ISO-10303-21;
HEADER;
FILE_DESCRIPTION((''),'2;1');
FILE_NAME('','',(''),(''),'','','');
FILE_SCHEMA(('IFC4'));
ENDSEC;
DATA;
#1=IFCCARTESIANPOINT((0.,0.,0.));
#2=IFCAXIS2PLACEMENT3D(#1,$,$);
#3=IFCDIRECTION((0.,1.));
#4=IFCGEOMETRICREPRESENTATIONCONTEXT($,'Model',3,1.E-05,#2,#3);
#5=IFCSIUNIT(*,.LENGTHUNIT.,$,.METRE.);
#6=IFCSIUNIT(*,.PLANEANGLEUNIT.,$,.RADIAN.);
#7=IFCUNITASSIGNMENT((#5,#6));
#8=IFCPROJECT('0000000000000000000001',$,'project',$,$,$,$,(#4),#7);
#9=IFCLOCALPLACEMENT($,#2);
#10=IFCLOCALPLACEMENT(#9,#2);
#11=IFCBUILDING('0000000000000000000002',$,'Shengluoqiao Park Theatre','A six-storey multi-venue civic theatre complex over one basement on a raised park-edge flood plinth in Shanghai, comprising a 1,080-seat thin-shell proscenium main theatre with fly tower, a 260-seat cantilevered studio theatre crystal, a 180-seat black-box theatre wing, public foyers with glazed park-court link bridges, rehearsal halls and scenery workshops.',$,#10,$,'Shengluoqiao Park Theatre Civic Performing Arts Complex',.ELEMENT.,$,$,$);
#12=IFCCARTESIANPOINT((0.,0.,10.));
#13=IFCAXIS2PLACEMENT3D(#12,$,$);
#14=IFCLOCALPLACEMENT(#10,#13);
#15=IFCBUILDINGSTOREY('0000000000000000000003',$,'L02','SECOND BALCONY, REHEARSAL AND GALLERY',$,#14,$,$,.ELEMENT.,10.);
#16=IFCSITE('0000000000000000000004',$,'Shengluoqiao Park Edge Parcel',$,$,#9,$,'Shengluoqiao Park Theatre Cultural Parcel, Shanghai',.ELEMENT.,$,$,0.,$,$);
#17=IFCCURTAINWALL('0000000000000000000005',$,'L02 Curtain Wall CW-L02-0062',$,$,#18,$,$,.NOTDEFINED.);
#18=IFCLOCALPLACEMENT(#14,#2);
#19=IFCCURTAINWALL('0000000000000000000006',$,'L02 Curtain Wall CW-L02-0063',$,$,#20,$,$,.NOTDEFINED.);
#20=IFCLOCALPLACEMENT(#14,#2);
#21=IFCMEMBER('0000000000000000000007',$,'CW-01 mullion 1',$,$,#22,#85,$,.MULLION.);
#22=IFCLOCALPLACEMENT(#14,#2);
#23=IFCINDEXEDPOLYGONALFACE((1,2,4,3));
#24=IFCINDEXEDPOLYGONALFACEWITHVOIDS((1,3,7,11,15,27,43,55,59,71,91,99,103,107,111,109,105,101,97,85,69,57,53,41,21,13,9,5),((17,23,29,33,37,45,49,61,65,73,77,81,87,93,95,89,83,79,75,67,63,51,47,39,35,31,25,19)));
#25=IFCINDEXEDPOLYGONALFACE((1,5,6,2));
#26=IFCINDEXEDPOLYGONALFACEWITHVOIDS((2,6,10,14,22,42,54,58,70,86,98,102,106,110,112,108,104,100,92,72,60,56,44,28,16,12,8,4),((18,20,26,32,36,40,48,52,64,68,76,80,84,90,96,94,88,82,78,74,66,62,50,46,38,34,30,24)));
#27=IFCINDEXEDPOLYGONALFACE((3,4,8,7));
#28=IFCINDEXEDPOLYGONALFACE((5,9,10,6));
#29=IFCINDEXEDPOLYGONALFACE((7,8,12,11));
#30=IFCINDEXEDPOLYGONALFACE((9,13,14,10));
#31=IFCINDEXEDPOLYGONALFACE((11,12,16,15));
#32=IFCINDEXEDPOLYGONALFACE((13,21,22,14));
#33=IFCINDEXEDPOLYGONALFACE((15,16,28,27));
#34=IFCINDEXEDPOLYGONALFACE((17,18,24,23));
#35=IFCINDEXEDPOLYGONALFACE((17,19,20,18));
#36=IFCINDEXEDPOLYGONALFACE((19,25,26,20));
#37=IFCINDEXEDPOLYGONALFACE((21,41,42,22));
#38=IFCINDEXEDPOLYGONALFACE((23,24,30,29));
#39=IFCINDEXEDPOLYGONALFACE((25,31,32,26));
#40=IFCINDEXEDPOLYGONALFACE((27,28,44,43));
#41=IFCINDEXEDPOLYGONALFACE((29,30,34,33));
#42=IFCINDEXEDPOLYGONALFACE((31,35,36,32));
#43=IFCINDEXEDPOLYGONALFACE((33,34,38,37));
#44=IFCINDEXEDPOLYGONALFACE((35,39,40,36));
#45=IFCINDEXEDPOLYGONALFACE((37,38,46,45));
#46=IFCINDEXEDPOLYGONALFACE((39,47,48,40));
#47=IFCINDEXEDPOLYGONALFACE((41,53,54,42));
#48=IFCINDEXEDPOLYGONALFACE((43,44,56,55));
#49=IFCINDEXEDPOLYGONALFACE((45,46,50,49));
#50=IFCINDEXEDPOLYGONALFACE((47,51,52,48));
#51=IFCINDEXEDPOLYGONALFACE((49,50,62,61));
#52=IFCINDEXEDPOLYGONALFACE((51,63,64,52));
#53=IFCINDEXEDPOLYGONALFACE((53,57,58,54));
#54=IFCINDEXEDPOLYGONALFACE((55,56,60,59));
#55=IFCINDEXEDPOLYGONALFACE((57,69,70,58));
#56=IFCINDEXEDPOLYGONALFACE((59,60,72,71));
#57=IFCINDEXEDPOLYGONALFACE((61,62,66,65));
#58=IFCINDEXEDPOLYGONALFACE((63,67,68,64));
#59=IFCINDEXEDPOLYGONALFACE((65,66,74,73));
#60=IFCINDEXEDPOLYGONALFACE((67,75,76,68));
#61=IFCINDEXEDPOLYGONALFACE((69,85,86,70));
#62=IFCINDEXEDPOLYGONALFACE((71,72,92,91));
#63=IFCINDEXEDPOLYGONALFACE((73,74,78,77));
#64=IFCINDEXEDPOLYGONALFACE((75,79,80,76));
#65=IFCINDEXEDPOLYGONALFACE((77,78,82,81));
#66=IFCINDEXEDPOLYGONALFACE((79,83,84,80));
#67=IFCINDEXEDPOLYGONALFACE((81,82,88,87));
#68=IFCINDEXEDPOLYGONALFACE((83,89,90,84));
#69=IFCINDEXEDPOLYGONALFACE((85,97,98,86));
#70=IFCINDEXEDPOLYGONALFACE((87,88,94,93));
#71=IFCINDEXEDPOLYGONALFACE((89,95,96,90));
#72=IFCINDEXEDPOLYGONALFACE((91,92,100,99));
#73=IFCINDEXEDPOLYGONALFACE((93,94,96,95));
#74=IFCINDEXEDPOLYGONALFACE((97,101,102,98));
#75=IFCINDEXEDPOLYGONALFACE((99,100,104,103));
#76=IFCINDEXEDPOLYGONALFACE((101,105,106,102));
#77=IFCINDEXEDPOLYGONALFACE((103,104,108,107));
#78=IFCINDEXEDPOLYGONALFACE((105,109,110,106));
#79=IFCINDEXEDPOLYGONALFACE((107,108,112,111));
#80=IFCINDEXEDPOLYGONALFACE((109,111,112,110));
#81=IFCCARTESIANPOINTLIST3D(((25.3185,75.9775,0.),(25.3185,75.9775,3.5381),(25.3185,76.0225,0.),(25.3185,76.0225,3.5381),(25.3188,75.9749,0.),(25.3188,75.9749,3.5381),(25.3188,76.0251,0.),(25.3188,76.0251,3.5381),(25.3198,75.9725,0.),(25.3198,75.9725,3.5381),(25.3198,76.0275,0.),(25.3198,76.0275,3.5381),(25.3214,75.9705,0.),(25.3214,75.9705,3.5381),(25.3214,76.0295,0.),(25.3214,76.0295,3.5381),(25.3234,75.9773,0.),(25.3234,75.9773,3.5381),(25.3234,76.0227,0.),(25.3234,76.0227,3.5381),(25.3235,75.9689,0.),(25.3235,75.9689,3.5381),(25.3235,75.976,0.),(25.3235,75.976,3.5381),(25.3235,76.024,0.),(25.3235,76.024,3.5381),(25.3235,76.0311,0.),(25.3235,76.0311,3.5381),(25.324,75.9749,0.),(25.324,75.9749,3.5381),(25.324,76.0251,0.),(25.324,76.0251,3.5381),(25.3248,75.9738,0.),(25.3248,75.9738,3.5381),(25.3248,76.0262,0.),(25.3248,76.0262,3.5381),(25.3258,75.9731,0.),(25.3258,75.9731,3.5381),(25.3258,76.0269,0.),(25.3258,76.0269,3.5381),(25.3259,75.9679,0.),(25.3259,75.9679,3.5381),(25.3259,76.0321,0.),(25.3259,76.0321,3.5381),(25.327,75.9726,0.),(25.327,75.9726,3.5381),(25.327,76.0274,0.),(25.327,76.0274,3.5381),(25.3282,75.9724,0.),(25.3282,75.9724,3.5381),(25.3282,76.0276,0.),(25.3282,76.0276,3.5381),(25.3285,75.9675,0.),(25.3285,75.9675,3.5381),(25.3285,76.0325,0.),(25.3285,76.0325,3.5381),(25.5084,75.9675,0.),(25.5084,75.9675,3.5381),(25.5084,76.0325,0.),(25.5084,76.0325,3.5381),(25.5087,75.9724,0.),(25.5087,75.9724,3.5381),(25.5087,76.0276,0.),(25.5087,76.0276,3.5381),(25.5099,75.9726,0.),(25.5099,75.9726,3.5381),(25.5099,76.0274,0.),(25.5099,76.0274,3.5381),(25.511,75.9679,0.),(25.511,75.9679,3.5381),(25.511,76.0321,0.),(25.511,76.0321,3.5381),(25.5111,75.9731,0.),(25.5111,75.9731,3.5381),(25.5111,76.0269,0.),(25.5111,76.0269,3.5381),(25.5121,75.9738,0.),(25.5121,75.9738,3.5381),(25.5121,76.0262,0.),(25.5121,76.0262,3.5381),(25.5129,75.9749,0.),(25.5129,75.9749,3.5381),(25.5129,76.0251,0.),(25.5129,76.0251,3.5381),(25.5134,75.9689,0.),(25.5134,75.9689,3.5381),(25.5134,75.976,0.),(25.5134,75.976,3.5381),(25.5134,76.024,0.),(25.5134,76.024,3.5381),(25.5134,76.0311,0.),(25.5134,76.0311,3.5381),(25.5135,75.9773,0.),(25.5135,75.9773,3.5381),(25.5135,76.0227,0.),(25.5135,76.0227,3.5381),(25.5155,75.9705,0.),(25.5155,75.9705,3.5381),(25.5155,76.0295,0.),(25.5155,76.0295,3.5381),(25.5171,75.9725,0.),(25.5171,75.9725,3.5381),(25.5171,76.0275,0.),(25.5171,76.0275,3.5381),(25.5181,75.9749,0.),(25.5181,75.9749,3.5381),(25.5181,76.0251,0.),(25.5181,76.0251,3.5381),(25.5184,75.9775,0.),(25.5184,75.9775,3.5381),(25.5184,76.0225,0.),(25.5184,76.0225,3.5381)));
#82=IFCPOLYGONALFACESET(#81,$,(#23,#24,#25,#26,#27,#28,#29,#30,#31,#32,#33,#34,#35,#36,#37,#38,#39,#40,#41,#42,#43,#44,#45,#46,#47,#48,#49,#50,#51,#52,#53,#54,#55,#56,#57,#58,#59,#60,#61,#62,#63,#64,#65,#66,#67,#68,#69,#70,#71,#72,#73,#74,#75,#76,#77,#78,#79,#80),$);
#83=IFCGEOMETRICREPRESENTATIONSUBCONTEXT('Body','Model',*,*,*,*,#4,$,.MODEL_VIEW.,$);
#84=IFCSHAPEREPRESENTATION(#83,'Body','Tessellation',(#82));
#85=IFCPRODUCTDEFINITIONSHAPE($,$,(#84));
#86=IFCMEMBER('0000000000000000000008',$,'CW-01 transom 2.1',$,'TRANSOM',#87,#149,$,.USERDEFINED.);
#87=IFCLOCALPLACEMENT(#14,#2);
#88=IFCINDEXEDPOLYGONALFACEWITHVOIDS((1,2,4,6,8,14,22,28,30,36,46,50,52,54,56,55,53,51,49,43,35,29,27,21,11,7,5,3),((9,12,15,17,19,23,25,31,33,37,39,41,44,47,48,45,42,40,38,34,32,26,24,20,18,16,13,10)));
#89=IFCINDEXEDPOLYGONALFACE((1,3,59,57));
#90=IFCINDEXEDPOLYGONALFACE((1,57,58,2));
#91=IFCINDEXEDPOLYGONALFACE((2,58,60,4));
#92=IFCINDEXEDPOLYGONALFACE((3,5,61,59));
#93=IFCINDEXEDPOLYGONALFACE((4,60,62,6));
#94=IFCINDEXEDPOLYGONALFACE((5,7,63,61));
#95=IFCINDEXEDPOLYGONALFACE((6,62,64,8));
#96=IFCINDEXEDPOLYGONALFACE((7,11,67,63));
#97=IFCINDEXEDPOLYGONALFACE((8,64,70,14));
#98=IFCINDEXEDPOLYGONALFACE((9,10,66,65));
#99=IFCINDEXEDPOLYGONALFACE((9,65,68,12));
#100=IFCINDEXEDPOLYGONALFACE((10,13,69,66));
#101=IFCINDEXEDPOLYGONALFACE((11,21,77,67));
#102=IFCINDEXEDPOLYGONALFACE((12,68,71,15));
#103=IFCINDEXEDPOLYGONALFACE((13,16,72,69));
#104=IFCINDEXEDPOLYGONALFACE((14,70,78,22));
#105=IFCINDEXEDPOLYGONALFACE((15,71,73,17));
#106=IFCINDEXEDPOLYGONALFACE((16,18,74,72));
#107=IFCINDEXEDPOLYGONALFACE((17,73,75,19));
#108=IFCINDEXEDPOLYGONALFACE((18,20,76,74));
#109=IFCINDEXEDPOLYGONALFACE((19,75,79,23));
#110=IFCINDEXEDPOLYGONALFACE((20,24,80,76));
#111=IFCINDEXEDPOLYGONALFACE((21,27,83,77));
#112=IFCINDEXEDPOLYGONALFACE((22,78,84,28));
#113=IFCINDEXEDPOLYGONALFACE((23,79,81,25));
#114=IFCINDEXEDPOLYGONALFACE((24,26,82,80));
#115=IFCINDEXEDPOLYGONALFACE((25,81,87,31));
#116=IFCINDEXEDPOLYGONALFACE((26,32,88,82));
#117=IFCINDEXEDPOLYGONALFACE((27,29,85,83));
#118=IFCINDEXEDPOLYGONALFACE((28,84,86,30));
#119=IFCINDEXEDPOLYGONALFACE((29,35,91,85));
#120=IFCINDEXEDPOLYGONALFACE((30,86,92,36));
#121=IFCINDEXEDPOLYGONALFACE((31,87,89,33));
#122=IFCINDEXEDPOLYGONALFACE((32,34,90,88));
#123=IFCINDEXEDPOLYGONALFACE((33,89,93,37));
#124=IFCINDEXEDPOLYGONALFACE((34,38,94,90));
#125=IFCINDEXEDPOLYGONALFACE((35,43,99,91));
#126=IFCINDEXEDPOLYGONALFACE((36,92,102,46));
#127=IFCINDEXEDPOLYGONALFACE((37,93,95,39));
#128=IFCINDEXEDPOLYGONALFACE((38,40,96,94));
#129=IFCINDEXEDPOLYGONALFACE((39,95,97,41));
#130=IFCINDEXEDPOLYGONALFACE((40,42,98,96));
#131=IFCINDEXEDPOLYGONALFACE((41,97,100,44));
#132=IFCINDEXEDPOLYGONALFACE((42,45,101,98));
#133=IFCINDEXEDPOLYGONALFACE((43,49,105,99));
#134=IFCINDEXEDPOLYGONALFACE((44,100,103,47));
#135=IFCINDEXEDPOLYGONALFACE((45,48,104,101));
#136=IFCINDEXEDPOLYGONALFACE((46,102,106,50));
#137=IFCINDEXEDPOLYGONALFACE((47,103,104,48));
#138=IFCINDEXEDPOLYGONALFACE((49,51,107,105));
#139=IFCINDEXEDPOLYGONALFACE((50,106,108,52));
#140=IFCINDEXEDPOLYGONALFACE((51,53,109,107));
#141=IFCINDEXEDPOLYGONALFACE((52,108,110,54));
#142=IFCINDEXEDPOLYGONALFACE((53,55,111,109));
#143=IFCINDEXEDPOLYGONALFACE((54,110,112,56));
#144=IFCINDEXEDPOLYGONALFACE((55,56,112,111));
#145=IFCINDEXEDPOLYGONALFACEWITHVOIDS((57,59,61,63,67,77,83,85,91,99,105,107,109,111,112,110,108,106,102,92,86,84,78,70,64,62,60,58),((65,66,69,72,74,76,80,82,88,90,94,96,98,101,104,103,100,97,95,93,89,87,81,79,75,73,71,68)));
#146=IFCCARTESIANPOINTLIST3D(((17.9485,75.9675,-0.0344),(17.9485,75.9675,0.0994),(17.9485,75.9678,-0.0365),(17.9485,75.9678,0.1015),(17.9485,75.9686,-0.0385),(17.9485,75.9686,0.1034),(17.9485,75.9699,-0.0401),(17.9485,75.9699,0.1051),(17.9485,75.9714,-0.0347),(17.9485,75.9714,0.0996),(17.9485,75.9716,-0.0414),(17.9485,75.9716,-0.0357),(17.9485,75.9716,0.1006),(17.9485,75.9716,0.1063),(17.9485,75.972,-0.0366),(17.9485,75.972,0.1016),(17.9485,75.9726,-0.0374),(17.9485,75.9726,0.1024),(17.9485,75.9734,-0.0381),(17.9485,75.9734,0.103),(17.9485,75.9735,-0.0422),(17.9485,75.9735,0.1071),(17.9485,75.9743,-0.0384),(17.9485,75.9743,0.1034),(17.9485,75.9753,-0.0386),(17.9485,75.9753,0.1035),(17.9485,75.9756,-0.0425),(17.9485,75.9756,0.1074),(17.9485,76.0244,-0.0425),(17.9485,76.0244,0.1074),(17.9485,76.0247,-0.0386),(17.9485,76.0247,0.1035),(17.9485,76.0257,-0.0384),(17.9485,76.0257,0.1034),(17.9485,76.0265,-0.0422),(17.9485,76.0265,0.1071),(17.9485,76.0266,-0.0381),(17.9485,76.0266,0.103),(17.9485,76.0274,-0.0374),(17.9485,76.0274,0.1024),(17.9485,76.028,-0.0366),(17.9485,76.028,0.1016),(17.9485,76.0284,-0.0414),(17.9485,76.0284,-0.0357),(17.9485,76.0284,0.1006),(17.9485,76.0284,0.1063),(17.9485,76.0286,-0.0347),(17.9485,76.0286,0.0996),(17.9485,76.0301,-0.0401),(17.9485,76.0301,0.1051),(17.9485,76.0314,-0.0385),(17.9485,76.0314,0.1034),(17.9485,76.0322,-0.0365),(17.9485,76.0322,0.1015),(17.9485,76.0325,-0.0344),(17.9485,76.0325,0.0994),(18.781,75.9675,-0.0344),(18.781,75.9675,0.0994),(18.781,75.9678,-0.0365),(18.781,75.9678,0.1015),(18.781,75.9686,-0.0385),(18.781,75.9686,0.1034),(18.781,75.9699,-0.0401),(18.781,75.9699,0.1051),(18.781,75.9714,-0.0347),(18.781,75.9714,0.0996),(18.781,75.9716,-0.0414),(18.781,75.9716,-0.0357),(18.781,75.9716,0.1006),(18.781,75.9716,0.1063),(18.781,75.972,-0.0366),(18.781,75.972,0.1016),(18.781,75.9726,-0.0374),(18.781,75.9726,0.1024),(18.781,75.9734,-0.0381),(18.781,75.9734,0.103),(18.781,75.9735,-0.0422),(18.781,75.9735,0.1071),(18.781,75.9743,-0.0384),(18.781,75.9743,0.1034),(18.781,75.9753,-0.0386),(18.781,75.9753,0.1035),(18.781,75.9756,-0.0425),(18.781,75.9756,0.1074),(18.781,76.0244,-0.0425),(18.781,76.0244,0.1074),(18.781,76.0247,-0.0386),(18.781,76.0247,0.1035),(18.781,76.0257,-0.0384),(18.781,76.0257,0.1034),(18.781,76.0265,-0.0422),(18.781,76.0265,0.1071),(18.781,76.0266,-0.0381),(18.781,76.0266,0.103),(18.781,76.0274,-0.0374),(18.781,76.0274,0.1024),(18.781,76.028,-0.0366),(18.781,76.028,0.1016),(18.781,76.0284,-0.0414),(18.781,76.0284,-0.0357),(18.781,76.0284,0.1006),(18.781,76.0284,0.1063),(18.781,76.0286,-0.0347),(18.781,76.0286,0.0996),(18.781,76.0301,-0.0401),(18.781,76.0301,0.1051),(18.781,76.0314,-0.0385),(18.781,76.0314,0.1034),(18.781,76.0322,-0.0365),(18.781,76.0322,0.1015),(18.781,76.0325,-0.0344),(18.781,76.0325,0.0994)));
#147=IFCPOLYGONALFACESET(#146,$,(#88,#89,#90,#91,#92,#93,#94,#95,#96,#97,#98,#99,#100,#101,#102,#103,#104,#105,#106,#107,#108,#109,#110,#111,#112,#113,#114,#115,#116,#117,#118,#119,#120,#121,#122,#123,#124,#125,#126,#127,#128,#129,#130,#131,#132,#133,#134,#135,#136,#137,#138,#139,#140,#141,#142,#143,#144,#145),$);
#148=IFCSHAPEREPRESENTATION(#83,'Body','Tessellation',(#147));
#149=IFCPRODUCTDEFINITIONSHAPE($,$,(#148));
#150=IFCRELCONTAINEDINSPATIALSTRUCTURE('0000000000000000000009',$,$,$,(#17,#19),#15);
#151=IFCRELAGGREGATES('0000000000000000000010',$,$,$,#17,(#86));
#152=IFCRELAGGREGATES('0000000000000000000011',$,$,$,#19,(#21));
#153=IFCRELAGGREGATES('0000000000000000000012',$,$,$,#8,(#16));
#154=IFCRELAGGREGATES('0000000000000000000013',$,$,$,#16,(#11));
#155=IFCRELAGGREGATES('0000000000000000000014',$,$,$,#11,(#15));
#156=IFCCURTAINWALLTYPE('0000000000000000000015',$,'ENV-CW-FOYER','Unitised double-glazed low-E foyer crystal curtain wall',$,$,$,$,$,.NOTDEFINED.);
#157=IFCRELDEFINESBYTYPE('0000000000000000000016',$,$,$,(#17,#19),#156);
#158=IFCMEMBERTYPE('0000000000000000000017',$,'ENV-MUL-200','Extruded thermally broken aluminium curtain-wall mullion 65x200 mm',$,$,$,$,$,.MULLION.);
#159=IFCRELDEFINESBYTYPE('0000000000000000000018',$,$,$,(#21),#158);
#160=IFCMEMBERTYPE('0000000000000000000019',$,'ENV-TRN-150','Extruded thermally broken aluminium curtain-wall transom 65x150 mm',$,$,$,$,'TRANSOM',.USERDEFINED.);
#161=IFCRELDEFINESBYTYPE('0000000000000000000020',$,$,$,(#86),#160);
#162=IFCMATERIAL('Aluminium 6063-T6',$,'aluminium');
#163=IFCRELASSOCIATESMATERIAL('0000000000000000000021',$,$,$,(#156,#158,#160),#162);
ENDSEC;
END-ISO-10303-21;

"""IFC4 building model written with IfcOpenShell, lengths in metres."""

from ifc_helpers import new_model, si_unit, direction, frame, origin, origin_2d, place, context, subcontext, project, spatial, hollow_rectangle, extrude, material, material_profile, profile_set, type_object, element, aggregate, save


model = new_model("IFC4")

# Units and contexts
model_context = context("Model", 3, precision=1e-05, world=origin(), true_north=direction((0.0, 1.0)))
body_context = subcontext(model_context, "Body", "Model", "MODEL_VIEW")
ifc_project = project(units=[si_unit("LENGTHUNIT", "METRE"), si_unit("PLANEANGLEUNIT", "RADIAN")], contexts=[model_context])

# Site, building, storey
site_placement = place(None, origin())
site = spatial("IfcSite", under=ifc_project, at=site_placement, Name="Shengluoqiao Park Edge Parcel", LongName="Shengluoqiao Park Theatre Cultural Parcel, Shanghai", CompositionType="ELEMENT", RefElevation=0.0)
building_placement = place(site_placement, origin())
building = spatial("IfcBuilding", under=site, at=building_placement, Name="Shengluoqiao Park Theatre", Description="A six-storey multi-venue civic theatre complex over one basement on a raised park-edge flood plinth in Shanghai, comprising a 1,080-seat thin-shell proscenium main theatre with fly tower, a 260-seat cantilevered studio theatre crystal, a 180-seat black-box theatre wing, public foyers with glazed park-court link bridges, rehearsal halls and scenery workshops.", LongName="Shengluoqiao Park Theatre Civic Performing Arts Complex", CompositionType="ELEMENT")
storey_placement = place(building_placement, frame((0.0, 0.0, 10.0)))
storey = spatial("IfcBuildingStorey", under=building, at=storey_placement, Name="L02", Description="SECOND BALCONY, REHEARSAL AND GALLERY", CompositionType="ELEMENT", Elevation=10.0)

# Curtain wall
ifc_material_1 = material(Name="Aluminium 6063-T6", Category="aluminium")
curtain_wall_type = type_object("IfcCurtainWallType", Name="ENV-CW-FOYER", Description="Unitised double-glazed low-E foyer crystal curtain wall", PredefinedType="NOTDEFINED", material=ifc_material_1)
curtain_wall_1_placement = place(storey_placement, origin())
curtain_wall_1 = element("IfcCurtainWall", 1, at=curtain_wall_1_placement, inside=storey, type_object=curtain_wall_type, Name="L02 Curtain Wall CW-L02-0062", PredefinedType="NOTDEFINED")
ifc_material_profile_1 = material_profile(ifc_material_1, hollow_rectangle(XDim=0.0649, YDim=0.2, WallThickness=0.0049, InnerFilletRadius=0.0049, OuterFilletRadius=0.01, at=origin_2d()), Name="ALU MULLION 200x65x5")
ifc_profile_set_1 = profile_set([ifc_material_profile_1], Name="Aluminium 6063-T6")
member_type_1 = type_object("IfcMemberType", Name="ENV-MUL-200", Description="Extruded thermally broken aluminium curtain-wall mullion 65x200 mm", PredefinedType="MULLION", material=ifc_profile_set_1)

# Curtain wall, member
curtain_wall_2_placement = place(storey_placement, origin())
curtain_wall_2 = element("IfcCurtainWall", 2, at=curtain_wall_2_placement, inside=storey, type_object=curtain_wall_type, Name="L02 Curtain Wall CW-L02-0063", PredefinedType="NOTDEFINED")
member_1_placement = place(storey_placement, frame((25.4185, 76.0, 0.0), z_axis=(0.0, 0.0, 1.0), x_axis=(0.0, 1.0, 0.0)))
member_1 = element("IfcMember", 3, at=member_1_placement, type_object=member_type_1, Name="CW-01 mullion 1", PredefinedType="MULLION", context=body_context, shape_type="SweptSolid", body=[
    extrude(hollow_rectangle(XDim=0.0649, YDim=0.2, WallThickness=0.0049, InnerFilletRadius=0.0049, OuterFilletRadius=0.01, at=origin_2d()), origin(), (0.0, 0.0, 1.0), 3.5381),
])

# Member
ifc_material_profile_2 = material_profile(ifc_material_1, hollow_rectangle(XDim=0.0649, YDim=0.1499, WallThickness=0.0039, InnerFilletRadius=0.0039, OuterFilletRadius=0.0081, at=origin_2d()), Name="ALU TRANSOM 150x65x4")
ifc_profile_set_2 = profile_set([ifc_material_profile_2], Name="Aluminium 6063-T6")
member_type_2 = type_object("IfcMemberType", Name="ENV-TRN-150", Description="Extruded thermally broken aluminium curtain-wall transom 65x150 mm", ElementType="TRANSOM", PredefinedType="USERDEFINED", material=ifc_profile_set_2)
member_2_placement = place(storey_placement, frame((17.9485, 76.0, 0.0325), z_axis=(1.0, 0.0, 0.0), x_axis=(0.0, 1.0, 0.0)))
member_2 = element("IfcMember", 4, at=member_2_placement, type_object=member_type_2, Name="CW-01 transom 2.1", ObjectType="TRANSOM", PredefinedType="USERDEFINED", context=body_context, shape_type="SweptSolid", body=[
    extrude(hollow_rectangle(XDim=0.0649, YDim=0.1499, WallThickness=0.0039, InnerFilletRadius=0.0039, OuterFilletRadius=0.0081, at=origin_2d()), origin(), (0.0, 0.0, 1.0), 0.8325),
])

aggregate(curtain_wall_1, [member_2])
aggregate(curtain_wall_2, [member_1])

save(model, "model.ifc")
